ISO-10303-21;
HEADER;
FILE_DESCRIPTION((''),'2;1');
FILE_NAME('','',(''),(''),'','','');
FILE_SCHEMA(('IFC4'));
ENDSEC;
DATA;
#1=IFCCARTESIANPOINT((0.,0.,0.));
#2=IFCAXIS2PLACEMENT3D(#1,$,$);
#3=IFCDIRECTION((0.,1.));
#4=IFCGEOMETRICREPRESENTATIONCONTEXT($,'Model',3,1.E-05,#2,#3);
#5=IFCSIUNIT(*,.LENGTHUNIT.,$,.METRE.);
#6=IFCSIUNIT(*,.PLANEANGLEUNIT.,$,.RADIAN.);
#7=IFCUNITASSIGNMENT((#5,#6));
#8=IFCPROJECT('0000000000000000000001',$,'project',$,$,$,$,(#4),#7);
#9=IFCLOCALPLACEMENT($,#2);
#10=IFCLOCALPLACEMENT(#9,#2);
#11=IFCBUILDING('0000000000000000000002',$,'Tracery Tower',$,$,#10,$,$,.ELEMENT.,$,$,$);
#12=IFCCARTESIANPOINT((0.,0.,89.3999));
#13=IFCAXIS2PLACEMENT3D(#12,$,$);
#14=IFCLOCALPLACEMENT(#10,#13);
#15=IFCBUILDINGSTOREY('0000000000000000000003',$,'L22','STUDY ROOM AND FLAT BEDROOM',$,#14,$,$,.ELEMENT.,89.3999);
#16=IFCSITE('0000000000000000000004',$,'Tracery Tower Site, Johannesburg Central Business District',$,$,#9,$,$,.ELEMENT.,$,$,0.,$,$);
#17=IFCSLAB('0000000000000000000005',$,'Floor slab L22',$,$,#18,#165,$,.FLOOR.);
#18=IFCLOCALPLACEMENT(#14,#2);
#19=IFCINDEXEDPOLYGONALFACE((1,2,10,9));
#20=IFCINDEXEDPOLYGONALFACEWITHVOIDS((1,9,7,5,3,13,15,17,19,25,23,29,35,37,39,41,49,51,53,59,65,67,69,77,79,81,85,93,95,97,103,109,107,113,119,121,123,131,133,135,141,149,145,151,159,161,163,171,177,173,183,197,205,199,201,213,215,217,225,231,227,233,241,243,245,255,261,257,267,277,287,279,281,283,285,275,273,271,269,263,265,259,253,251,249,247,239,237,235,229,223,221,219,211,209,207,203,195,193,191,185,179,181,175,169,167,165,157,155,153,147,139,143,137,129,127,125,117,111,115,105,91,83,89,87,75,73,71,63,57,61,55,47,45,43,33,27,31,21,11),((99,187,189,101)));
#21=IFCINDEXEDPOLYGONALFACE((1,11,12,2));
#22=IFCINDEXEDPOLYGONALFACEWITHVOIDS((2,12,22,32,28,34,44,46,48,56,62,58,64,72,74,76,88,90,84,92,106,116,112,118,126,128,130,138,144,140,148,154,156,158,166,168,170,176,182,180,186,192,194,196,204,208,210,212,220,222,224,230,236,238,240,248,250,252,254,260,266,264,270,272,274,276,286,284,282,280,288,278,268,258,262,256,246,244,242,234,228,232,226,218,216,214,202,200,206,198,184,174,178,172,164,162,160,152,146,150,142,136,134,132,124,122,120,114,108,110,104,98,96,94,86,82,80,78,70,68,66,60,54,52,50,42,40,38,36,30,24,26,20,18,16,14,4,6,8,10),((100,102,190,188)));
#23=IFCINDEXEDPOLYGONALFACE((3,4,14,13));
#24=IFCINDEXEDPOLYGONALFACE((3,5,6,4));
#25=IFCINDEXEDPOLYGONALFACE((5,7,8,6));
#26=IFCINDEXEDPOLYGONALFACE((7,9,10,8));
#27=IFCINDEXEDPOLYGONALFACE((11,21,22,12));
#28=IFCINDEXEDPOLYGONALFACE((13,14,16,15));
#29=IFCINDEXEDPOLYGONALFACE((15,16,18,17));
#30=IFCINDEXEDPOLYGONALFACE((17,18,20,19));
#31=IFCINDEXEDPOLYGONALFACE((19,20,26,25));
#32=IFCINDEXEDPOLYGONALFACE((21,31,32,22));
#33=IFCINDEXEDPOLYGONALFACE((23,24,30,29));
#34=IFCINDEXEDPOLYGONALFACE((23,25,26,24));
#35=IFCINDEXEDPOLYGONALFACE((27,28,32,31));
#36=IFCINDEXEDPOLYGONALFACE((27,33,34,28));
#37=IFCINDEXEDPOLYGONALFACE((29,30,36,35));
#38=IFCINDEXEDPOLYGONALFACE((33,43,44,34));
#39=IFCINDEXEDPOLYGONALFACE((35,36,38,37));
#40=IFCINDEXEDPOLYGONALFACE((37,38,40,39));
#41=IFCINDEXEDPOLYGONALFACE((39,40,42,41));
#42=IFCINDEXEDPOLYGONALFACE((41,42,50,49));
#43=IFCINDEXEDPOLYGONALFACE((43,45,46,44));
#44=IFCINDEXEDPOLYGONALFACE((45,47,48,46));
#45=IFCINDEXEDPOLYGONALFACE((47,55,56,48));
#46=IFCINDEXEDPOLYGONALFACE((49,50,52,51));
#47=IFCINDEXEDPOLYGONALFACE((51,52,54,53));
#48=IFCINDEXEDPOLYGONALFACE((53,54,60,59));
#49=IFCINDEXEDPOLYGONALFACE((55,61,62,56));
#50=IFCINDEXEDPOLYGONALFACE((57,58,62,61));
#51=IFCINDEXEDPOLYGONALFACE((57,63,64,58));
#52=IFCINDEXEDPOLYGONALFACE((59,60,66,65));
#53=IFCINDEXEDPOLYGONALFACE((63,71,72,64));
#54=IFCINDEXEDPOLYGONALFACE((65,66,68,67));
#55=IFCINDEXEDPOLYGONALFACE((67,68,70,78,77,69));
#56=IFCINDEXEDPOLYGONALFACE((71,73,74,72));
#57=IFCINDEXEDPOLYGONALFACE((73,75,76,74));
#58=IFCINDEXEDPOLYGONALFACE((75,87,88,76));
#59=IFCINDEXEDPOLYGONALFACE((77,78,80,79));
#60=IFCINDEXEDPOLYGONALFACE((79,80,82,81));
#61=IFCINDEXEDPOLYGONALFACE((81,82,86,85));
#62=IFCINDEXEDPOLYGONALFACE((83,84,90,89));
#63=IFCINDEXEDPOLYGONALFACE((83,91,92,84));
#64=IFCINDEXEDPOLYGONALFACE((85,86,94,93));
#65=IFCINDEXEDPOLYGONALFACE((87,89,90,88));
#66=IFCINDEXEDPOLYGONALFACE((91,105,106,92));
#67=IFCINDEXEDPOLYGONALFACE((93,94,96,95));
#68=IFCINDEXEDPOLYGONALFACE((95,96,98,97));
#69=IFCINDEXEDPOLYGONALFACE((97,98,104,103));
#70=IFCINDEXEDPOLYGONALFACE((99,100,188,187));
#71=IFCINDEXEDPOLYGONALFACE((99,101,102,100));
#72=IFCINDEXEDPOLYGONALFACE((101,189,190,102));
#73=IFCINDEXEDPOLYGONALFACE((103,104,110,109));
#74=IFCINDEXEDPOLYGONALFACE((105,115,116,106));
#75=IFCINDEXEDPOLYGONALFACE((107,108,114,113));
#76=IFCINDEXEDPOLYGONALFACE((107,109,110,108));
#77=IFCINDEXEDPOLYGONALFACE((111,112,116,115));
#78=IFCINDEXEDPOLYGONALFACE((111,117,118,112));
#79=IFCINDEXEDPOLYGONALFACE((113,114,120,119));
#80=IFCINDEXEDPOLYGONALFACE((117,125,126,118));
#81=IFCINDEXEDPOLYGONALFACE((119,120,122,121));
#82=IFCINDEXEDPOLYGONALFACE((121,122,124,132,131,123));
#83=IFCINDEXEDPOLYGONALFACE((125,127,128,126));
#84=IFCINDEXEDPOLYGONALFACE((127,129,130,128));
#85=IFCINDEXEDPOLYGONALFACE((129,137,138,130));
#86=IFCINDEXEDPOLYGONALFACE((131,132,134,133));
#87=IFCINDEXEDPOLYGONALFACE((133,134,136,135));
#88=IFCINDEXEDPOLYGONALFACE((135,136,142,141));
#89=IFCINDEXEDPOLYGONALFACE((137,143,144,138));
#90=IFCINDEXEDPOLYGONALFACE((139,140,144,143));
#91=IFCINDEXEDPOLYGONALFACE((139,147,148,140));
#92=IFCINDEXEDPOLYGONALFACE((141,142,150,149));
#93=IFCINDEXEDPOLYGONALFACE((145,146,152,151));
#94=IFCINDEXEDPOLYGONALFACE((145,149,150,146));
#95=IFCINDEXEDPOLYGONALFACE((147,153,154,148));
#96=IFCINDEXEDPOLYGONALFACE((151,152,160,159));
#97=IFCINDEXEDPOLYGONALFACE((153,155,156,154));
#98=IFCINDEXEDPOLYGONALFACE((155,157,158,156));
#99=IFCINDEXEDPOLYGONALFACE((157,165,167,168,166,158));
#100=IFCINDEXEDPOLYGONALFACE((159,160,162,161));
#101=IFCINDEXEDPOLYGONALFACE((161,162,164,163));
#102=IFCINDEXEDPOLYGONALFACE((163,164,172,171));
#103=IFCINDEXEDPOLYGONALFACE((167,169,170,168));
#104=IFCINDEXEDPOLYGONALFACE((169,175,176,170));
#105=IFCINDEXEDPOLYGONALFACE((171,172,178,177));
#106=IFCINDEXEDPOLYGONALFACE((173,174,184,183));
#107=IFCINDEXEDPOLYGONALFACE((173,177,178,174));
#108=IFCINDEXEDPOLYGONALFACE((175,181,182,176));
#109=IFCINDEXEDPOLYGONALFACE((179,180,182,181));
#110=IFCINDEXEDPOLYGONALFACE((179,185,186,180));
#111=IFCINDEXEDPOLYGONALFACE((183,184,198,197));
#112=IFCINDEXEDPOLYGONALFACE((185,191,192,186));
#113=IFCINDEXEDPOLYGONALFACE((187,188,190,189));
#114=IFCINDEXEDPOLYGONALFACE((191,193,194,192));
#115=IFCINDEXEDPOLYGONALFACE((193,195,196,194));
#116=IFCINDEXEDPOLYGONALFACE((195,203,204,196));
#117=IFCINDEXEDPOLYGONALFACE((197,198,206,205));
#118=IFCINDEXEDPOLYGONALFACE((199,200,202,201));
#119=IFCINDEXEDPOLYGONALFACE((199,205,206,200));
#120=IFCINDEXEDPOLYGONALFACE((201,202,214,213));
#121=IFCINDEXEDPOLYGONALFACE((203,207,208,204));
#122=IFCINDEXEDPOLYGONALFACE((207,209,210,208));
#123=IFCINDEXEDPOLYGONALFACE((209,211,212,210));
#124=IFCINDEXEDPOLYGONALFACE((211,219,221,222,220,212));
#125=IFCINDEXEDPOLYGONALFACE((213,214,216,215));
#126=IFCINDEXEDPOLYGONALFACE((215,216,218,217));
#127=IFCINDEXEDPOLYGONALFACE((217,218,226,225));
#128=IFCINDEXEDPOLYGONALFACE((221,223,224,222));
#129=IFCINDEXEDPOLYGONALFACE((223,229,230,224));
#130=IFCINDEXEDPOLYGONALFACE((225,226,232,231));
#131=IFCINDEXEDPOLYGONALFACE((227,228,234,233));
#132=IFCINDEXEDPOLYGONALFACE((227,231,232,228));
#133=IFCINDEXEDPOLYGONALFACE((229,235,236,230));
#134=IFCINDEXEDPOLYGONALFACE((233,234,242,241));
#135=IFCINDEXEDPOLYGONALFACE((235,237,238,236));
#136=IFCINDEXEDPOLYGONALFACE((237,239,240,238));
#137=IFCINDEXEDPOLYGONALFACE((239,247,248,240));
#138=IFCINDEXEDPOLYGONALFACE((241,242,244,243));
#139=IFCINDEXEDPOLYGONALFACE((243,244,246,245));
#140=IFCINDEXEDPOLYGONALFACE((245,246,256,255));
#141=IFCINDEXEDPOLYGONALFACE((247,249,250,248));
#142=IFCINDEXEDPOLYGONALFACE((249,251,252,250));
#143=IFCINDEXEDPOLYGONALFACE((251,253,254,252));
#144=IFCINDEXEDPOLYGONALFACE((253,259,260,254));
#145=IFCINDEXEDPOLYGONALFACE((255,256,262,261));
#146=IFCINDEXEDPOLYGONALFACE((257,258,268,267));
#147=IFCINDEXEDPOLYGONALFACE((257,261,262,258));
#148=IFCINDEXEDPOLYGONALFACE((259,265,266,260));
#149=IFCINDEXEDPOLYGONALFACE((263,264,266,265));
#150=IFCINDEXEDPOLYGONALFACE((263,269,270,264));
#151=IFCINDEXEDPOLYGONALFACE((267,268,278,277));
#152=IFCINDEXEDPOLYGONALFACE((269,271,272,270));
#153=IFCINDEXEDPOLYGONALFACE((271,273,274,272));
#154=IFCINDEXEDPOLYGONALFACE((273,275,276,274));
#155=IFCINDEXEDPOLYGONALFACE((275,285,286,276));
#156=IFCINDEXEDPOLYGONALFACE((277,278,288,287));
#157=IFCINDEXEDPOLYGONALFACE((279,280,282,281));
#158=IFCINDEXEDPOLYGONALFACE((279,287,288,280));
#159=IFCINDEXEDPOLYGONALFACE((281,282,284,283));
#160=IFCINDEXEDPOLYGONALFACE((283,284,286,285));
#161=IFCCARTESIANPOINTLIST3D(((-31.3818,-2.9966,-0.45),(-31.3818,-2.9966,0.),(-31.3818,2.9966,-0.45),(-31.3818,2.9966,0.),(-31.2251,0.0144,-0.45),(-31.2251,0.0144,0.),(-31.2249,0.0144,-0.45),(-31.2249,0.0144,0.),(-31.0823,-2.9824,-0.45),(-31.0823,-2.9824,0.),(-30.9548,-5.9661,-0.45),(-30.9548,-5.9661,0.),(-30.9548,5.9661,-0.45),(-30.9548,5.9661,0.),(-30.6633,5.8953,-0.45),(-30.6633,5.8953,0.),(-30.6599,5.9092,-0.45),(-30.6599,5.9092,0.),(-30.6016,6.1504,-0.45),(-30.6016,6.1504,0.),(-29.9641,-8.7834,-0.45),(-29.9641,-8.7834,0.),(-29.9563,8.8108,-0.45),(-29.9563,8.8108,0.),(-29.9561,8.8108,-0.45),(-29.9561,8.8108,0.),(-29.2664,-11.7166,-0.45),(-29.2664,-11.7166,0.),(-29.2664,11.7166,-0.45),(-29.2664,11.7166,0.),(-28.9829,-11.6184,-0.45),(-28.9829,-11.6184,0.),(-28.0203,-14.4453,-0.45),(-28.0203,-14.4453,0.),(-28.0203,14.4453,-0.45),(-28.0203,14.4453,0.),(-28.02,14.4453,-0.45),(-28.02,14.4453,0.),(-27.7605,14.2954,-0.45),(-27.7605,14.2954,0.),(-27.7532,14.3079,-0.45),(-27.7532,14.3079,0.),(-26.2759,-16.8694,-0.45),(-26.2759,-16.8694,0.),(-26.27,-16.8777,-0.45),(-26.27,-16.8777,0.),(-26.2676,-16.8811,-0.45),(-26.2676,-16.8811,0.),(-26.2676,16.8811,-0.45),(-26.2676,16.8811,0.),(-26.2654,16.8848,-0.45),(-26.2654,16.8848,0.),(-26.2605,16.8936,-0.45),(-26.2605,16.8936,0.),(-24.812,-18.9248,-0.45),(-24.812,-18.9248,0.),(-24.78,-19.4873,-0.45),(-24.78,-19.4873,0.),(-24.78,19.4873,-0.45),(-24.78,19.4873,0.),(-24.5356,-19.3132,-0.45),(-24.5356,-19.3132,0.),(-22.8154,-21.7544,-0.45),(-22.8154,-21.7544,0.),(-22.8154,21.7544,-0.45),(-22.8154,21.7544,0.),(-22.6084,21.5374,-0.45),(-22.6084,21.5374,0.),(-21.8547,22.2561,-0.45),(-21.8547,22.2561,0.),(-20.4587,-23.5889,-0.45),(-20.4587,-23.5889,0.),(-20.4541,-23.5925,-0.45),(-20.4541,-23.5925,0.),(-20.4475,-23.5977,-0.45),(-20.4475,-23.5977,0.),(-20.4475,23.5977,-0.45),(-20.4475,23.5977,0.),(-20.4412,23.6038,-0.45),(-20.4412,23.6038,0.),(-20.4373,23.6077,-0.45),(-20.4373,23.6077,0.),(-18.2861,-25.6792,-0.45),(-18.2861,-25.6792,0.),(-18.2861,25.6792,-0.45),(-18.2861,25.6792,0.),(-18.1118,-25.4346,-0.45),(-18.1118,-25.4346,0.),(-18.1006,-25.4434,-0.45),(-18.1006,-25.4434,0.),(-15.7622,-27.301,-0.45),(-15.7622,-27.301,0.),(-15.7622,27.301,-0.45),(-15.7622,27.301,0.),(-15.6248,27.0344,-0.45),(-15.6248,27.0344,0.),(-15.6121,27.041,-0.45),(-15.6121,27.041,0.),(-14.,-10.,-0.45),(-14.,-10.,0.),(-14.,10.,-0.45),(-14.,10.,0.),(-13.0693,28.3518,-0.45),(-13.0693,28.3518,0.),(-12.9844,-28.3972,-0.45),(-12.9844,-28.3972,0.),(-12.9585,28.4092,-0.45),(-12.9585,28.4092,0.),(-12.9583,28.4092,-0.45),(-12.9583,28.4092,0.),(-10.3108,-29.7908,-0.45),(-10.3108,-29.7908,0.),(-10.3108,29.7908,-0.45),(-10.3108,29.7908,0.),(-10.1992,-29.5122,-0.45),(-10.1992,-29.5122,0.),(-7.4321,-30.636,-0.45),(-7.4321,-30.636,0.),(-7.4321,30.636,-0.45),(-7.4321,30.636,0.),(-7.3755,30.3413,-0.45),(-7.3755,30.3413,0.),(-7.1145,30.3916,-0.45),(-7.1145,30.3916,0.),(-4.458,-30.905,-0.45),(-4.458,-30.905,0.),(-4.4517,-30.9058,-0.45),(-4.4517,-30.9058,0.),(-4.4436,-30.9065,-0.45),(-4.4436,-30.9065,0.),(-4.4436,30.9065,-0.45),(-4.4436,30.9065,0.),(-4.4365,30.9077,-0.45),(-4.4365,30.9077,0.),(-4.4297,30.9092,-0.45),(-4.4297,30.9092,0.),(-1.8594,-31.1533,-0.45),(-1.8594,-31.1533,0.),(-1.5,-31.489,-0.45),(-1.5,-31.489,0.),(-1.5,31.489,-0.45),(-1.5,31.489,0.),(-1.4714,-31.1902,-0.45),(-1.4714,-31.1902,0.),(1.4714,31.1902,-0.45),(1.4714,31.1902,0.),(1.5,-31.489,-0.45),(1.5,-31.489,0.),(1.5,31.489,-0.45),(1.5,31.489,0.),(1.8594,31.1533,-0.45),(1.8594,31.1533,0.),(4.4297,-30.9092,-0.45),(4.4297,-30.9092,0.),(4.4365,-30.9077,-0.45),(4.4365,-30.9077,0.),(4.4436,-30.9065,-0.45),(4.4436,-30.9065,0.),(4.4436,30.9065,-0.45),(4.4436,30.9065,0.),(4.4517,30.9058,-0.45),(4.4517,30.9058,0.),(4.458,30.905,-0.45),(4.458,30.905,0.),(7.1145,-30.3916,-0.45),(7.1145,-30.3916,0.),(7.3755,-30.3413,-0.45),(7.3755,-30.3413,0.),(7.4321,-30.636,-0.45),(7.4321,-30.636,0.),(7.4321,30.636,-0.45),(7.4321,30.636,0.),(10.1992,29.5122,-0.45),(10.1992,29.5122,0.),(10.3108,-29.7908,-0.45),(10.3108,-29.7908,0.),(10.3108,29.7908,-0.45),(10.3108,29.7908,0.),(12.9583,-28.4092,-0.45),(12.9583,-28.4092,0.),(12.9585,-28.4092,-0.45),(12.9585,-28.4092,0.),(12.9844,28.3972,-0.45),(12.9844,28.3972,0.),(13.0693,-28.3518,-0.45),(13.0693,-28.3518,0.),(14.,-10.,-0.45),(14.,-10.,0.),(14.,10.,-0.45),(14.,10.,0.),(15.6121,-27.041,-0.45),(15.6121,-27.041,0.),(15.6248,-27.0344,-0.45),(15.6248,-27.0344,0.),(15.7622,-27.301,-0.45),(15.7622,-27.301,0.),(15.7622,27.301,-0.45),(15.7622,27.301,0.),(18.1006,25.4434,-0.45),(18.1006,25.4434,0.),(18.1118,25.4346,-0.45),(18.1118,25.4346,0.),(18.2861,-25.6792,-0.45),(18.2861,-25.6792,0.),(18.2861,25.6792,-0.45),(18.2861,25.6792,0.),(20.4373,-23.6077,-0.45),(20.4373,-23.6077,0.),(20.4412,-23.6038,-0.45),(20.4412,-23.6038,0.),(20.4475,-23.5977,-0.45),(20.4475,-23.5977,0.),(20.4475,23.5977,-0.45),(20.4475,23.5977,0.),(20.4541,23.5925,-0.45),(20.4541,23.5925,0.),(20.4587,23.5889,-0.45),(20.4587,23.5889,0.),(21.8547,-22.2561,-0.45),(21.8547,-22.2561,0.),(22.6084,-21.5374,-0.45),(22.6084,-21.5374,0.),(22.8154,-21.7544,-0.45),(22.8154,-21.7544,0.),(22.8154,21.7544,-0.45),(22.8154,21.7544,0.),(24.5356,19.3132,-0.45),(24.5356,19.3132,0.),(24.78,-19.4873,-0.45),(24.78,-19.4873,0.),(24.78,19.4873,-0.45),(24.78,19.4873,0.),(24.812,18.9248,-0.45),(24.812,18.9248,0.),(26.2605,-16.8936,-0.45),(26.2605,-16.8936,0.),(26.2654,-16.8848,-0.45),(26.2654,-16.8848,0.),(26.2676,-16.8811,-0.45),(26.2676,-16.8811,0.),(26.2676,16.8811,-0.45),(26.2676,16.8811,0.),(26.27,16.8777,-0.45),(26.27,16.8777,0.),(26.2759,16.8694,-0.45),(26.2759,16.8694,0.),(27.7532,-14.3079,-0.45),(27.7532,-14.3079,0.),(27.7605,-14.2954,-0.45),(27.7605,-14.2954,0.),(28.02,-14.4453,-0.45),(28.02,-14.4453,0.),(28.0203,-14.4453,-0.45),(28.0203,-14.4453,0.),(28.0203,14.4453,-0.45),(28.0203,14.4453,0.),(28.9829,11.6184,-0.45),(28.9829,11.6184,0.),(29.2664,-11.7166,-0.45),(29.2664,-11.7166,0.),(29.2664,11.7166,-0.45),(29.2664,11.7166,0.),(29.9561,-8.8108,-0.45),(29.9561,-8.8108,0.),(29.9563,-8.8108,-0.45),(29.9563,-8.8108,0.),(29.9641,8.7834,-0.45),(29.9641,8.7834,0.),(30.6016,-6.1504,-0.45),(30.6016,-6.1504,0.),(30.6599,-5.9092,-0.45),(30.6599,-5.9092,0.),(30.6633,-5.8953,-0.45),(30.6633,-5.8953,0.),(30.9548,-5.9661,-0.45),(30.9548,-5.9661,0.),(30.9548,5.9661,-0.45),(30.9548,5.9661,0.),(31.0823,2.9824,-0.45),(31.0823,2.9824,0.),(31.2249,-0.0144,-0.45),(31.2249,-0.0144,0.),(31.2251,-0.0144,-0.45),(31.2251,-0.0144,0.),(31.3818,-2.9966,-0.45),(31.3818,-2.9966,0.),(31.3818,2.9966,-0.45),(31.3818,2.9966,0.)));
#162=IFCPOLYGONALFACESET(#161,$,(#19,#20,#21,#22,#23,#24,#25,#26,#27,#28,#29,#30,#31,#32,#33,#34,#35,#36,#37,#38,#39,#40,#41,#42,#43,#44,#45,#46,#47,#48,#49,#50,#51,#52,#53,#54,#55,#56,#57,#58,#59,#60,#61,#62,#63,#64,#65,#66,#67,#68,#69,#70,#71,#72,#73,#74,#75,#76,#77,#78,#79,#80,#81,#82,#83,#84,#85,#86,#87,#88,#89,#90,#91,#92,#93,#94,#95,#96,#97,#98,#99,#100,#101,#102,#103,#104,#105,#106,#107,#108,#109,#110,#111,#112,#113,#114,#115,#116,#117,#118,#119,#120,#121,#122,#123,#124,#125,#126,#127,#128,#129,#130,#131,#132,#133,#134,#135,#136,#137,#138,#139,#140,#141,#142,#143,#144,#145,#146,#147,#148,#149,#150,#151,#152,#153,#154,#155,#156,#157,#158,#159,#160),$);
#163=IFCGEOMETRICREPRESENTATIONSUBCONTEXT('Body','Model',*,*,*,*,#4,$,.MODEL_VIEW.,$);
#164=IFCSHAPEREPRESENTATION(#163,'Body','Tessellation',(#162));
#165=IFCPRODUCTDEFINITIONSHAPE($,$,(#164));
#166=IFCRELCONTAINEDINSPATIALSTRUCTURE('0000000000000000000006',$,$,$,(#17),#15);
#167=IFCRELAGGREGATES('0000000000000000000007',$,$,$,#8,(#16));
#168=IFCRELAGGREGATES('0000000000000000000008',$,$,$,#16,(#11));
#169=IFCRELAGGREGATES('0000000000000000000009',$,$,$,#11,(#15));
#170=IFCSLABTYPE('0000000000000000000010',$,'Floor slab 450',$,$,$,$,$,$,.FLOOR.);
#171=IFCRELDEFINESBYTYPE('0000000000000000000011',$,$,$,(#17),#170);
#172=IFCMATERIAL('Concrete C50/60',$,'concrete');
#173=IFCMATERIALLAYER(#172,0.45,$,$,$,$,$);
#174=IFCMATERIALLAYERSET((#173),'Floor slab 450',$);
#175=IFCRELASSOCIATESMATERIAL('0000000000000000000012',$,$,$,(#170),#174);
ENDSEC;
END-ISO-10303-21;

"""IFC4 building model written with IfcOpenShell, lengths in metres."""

from ifc_helpers import new_model, si_unit, direction, frame, origin, place, context, subcontext, project, spatial, polyline, outline, extrude, material, layer, layer_set, type_object, element, save


model = new_model("IFC4")

# Units and contexts
model_context = context("Model", 3, precision=1e-05, world=origin(), true_north=direction((0.0, 1.0)))
body_context = subcontext(model_context, "Body", "Model", "MODEL_VIEW")
ifc_project = project(units=[si_unit("LENGTHUNIT", "METRE"), si_unit("PLANEANGLEUNIT", "RADIAN")], contexts=[model_context])

# Site, building, storey
site_placement = place(None, origin())
site = spatial("IfcSite", under=ifc_project, at=site_placement, Name="Tracery Tower Site, Johannesburg Central Business District", CompositionType="ELEMENT", RefElevation=0.0)
building_placement = place(site_placement, origin())
building = spatial("IfcBuilding", under=site, at=building_placement, Name="Tracery Tower", CompositionType="ELEMENT")
storey_placement = place(building_placement, frame((0.0, 0.0, 89.3999)))
storey = spatial("IfcBuildingStorey", under=building, at=storey_placement, Name="L22", Description="STUDY ROOM AND FLAT BEDROOM", CompositionType="ELEMENT", Elevation=89.3999)

# Slab
ifc_material_1 = material(Name="Concrete C50/60", Category="concrete")
ifc_layer_1 = layer(ifc_material_1, 0.45)
ifc_layer_set_1 = layer_set([ifc_layer_1], Name="Floor slab 450")
slab_type_1 = type_object("IfcSlabType", Name="Floor slab 450", PredefinedType="FLOOR", material=ifc_layer_set_1)
slab_1_placement = place(storey_placement, frame((0.0, 0.0, -0.45)))
element("IfcSlab", 1, at=slab_1_placement, inside=storey, type_object=slab_type_1, Name="Floor slab L22", PredefinedType="FLOOR", context=body_context, shape_type="SweptSolid", body=[
    extrude(outline(polyline([(29.9641, 8.7834), (29.9641, 8.7834), (28.9829, 11.6184), (29.2664, 11.7166), (28.0203, 14.4453), (26.2759, 16.8694), (26.2759, 16.8694), (26.27, 16.8777), (26.2676, 16.8811), (24.812, 18.9248), (24.5356, 19.3132), (24.78, 19.4873), (22.8154, 21.7544), (20.4587, 23.5889), (20.4587, 23.5889), (20.4541, 23.5925), (20.4475, 23.5977), (18.1118, 25.4346), (18.1118, 25.4346), (18.1006, 25.4434), (18.2861, 25.6792), (15.7622, 27.301), (12.9844, 28.3972), (12.9844, 28.3972), (10.1992, 29.5122), (10.3108, 29.7908), (7.4321, 30.636), (4.458, 30.905), (4.458, 30.905), (4.4517, 30.9058), (4.4436, 30.9065), (1.8594, 31.1533), (1.4714, 31.1902), (1.5, 31.489), (1.5, 31.489), (-1.5, 31.489), (-4.4297, 30.9092), (-4.4297, 30.9092), (-4.4365, 30.9077), (-4.4436, 30.9065), (-7.1145, 30.3916), (-7.3755, 30.3413), (-7.4321, 30.636), (-10.3108, 29.7908), (-12.9585, 28.4092), (-12.9583, 28.4092), (-13.0693, 28.3518), (-15.6121, 27.041), (-15.6121, 27.041), (-15.6248, 27.0344), (-15.7622, 27.301), (-15.7622, 27.301), (-18.2861, 25.6792), (-20.4373, 23.6077), (-20.4373, 23.6077), (-20.4412, 23.6038), (-20.4475, 23.5977), (-21.8547, 22.2561), (-22.6084, 21.5374), (-22.8154, 21.7544), (-24.78, 19.4873), (-26.2605, 16.8936), (-26.2605, 16.8936), (-26.2654, 16.8848), (-26.2676, 16.8811), (-27.7532, 14.3079), (-27.7532, 14.3079), (-27.7605, 14.2954), (-28.02, 14.4453), (-28.0203, 14.4453), (-29.2664, 11.7166), (-29.9563, 8.8108), (-29.9561, 8.8108), (-30.6016, 6.1504), (-30.6599, 5.9092), (-30.6599, 5.9092), (-30.6633, 5.8953), (-30.9548, 5.9661), (-31.3818, 2.9966), (-31.2251, 0.0144), (-31.2249, 0.0144), (-31.0823, -2.9824), (-31.3818, -2.9966), (-30.9548, -5.9661), (-29.9641, -8.7834), (-29.9641, -8.7834), (-28.9829, -11.6184), (-29.2664, -11.7166), (-28.0203, -14.4453), (-26.2759, -16.8694), (-26.2759, -16.8694), (-26.27, -16.8777), (-26.2676, -16.8811), (-24.812, -18.9248), (-24.5356, -19.3132), (-24.78, -19.4873), (-22.8154, -21.7544), (-20.4587, -23.5889), (-20.4587, -23.5889), (-20.4541, -23.5925), (-20.4475, -23.5977), (-18.1118, -25.4346), (-18.1118, -25.4346), (-18.1006, -25.4434), (-18.2861, -25.6792), (-15.7622, -27.301), (-12.9844, -28.3972), (-12.9844, -28.3972), (-10.1992, -29.5122), (-10.3108, -29.7908), (-7.4321, -30.636), (-4.458, -30.905), (-4.458, -30.905), (-4.4517, -30.9058), (-4.4436, -30.9065), (-1.8594, -31.1533), (-1.4714, -31.1902), (-1.5, -31.489), (-1.5, -31.489), (1.5, -31.489), (4.4297, -30.9092), (4.4297, -30.9092), (4.4365, -30.9077), (4.4436, -30.9065), (7.1145, -30.3916), (7.3755, -30.3413), (7.4321, -30.636), (10.3108, -29.7908), (12.9585, -28.4092), (12.9583, -28.4092), (13.0693, -28.3518), (15.6121, -27.041), (15.6121, -27.041), (15.6248, -27.0344), (15.7622, -27.301), (15.7622, -27.301), (18.2861, -25.6792), (20.4373, -23.6077), (20.4373, -23.6077), (20.4412, -23.6038), (20.4475, -23.5977), (21.8547, -22.2561), (22.6084, -21.5374), (22.8154, -21.7544), (24.78, -19.4873), (26.2605, -16.8936), (26.2605, -16.8936), (26.2654, -16.8848), (26.2676, -16.8811), (27.7532, -14.3079), (27.7532, -14.3079), (27.7605, -14.2954), (28.02, -14.4453), (28.0203, -14.4453), (29.2664, -11.7166), (29.9563, -8.8108), (29.9561, -8.8108), (30.6016, -6.1504), (30.6599, -5.9092), (30.6599, -5.9092), (30.6633, -5.8953), (30.9548, -5.9661), (31.3818, -2.9966), (31.2251, -0.0144), (31.2249, -0.0144), (31.0823, 2.9824), (31.3818, 2.9966), (30.9548, 5.9661), (29.9641, 8.7834)]), holes=[polyline([(-14.0, -10.0), (14.0, -10.0), (14.0, 10.0), (-14.0, 10.0), (-14.0, -10.0)])]), origin(), (0.0, 0.0, 1.0), 0.45),
])

save(model, "model.ifc")
